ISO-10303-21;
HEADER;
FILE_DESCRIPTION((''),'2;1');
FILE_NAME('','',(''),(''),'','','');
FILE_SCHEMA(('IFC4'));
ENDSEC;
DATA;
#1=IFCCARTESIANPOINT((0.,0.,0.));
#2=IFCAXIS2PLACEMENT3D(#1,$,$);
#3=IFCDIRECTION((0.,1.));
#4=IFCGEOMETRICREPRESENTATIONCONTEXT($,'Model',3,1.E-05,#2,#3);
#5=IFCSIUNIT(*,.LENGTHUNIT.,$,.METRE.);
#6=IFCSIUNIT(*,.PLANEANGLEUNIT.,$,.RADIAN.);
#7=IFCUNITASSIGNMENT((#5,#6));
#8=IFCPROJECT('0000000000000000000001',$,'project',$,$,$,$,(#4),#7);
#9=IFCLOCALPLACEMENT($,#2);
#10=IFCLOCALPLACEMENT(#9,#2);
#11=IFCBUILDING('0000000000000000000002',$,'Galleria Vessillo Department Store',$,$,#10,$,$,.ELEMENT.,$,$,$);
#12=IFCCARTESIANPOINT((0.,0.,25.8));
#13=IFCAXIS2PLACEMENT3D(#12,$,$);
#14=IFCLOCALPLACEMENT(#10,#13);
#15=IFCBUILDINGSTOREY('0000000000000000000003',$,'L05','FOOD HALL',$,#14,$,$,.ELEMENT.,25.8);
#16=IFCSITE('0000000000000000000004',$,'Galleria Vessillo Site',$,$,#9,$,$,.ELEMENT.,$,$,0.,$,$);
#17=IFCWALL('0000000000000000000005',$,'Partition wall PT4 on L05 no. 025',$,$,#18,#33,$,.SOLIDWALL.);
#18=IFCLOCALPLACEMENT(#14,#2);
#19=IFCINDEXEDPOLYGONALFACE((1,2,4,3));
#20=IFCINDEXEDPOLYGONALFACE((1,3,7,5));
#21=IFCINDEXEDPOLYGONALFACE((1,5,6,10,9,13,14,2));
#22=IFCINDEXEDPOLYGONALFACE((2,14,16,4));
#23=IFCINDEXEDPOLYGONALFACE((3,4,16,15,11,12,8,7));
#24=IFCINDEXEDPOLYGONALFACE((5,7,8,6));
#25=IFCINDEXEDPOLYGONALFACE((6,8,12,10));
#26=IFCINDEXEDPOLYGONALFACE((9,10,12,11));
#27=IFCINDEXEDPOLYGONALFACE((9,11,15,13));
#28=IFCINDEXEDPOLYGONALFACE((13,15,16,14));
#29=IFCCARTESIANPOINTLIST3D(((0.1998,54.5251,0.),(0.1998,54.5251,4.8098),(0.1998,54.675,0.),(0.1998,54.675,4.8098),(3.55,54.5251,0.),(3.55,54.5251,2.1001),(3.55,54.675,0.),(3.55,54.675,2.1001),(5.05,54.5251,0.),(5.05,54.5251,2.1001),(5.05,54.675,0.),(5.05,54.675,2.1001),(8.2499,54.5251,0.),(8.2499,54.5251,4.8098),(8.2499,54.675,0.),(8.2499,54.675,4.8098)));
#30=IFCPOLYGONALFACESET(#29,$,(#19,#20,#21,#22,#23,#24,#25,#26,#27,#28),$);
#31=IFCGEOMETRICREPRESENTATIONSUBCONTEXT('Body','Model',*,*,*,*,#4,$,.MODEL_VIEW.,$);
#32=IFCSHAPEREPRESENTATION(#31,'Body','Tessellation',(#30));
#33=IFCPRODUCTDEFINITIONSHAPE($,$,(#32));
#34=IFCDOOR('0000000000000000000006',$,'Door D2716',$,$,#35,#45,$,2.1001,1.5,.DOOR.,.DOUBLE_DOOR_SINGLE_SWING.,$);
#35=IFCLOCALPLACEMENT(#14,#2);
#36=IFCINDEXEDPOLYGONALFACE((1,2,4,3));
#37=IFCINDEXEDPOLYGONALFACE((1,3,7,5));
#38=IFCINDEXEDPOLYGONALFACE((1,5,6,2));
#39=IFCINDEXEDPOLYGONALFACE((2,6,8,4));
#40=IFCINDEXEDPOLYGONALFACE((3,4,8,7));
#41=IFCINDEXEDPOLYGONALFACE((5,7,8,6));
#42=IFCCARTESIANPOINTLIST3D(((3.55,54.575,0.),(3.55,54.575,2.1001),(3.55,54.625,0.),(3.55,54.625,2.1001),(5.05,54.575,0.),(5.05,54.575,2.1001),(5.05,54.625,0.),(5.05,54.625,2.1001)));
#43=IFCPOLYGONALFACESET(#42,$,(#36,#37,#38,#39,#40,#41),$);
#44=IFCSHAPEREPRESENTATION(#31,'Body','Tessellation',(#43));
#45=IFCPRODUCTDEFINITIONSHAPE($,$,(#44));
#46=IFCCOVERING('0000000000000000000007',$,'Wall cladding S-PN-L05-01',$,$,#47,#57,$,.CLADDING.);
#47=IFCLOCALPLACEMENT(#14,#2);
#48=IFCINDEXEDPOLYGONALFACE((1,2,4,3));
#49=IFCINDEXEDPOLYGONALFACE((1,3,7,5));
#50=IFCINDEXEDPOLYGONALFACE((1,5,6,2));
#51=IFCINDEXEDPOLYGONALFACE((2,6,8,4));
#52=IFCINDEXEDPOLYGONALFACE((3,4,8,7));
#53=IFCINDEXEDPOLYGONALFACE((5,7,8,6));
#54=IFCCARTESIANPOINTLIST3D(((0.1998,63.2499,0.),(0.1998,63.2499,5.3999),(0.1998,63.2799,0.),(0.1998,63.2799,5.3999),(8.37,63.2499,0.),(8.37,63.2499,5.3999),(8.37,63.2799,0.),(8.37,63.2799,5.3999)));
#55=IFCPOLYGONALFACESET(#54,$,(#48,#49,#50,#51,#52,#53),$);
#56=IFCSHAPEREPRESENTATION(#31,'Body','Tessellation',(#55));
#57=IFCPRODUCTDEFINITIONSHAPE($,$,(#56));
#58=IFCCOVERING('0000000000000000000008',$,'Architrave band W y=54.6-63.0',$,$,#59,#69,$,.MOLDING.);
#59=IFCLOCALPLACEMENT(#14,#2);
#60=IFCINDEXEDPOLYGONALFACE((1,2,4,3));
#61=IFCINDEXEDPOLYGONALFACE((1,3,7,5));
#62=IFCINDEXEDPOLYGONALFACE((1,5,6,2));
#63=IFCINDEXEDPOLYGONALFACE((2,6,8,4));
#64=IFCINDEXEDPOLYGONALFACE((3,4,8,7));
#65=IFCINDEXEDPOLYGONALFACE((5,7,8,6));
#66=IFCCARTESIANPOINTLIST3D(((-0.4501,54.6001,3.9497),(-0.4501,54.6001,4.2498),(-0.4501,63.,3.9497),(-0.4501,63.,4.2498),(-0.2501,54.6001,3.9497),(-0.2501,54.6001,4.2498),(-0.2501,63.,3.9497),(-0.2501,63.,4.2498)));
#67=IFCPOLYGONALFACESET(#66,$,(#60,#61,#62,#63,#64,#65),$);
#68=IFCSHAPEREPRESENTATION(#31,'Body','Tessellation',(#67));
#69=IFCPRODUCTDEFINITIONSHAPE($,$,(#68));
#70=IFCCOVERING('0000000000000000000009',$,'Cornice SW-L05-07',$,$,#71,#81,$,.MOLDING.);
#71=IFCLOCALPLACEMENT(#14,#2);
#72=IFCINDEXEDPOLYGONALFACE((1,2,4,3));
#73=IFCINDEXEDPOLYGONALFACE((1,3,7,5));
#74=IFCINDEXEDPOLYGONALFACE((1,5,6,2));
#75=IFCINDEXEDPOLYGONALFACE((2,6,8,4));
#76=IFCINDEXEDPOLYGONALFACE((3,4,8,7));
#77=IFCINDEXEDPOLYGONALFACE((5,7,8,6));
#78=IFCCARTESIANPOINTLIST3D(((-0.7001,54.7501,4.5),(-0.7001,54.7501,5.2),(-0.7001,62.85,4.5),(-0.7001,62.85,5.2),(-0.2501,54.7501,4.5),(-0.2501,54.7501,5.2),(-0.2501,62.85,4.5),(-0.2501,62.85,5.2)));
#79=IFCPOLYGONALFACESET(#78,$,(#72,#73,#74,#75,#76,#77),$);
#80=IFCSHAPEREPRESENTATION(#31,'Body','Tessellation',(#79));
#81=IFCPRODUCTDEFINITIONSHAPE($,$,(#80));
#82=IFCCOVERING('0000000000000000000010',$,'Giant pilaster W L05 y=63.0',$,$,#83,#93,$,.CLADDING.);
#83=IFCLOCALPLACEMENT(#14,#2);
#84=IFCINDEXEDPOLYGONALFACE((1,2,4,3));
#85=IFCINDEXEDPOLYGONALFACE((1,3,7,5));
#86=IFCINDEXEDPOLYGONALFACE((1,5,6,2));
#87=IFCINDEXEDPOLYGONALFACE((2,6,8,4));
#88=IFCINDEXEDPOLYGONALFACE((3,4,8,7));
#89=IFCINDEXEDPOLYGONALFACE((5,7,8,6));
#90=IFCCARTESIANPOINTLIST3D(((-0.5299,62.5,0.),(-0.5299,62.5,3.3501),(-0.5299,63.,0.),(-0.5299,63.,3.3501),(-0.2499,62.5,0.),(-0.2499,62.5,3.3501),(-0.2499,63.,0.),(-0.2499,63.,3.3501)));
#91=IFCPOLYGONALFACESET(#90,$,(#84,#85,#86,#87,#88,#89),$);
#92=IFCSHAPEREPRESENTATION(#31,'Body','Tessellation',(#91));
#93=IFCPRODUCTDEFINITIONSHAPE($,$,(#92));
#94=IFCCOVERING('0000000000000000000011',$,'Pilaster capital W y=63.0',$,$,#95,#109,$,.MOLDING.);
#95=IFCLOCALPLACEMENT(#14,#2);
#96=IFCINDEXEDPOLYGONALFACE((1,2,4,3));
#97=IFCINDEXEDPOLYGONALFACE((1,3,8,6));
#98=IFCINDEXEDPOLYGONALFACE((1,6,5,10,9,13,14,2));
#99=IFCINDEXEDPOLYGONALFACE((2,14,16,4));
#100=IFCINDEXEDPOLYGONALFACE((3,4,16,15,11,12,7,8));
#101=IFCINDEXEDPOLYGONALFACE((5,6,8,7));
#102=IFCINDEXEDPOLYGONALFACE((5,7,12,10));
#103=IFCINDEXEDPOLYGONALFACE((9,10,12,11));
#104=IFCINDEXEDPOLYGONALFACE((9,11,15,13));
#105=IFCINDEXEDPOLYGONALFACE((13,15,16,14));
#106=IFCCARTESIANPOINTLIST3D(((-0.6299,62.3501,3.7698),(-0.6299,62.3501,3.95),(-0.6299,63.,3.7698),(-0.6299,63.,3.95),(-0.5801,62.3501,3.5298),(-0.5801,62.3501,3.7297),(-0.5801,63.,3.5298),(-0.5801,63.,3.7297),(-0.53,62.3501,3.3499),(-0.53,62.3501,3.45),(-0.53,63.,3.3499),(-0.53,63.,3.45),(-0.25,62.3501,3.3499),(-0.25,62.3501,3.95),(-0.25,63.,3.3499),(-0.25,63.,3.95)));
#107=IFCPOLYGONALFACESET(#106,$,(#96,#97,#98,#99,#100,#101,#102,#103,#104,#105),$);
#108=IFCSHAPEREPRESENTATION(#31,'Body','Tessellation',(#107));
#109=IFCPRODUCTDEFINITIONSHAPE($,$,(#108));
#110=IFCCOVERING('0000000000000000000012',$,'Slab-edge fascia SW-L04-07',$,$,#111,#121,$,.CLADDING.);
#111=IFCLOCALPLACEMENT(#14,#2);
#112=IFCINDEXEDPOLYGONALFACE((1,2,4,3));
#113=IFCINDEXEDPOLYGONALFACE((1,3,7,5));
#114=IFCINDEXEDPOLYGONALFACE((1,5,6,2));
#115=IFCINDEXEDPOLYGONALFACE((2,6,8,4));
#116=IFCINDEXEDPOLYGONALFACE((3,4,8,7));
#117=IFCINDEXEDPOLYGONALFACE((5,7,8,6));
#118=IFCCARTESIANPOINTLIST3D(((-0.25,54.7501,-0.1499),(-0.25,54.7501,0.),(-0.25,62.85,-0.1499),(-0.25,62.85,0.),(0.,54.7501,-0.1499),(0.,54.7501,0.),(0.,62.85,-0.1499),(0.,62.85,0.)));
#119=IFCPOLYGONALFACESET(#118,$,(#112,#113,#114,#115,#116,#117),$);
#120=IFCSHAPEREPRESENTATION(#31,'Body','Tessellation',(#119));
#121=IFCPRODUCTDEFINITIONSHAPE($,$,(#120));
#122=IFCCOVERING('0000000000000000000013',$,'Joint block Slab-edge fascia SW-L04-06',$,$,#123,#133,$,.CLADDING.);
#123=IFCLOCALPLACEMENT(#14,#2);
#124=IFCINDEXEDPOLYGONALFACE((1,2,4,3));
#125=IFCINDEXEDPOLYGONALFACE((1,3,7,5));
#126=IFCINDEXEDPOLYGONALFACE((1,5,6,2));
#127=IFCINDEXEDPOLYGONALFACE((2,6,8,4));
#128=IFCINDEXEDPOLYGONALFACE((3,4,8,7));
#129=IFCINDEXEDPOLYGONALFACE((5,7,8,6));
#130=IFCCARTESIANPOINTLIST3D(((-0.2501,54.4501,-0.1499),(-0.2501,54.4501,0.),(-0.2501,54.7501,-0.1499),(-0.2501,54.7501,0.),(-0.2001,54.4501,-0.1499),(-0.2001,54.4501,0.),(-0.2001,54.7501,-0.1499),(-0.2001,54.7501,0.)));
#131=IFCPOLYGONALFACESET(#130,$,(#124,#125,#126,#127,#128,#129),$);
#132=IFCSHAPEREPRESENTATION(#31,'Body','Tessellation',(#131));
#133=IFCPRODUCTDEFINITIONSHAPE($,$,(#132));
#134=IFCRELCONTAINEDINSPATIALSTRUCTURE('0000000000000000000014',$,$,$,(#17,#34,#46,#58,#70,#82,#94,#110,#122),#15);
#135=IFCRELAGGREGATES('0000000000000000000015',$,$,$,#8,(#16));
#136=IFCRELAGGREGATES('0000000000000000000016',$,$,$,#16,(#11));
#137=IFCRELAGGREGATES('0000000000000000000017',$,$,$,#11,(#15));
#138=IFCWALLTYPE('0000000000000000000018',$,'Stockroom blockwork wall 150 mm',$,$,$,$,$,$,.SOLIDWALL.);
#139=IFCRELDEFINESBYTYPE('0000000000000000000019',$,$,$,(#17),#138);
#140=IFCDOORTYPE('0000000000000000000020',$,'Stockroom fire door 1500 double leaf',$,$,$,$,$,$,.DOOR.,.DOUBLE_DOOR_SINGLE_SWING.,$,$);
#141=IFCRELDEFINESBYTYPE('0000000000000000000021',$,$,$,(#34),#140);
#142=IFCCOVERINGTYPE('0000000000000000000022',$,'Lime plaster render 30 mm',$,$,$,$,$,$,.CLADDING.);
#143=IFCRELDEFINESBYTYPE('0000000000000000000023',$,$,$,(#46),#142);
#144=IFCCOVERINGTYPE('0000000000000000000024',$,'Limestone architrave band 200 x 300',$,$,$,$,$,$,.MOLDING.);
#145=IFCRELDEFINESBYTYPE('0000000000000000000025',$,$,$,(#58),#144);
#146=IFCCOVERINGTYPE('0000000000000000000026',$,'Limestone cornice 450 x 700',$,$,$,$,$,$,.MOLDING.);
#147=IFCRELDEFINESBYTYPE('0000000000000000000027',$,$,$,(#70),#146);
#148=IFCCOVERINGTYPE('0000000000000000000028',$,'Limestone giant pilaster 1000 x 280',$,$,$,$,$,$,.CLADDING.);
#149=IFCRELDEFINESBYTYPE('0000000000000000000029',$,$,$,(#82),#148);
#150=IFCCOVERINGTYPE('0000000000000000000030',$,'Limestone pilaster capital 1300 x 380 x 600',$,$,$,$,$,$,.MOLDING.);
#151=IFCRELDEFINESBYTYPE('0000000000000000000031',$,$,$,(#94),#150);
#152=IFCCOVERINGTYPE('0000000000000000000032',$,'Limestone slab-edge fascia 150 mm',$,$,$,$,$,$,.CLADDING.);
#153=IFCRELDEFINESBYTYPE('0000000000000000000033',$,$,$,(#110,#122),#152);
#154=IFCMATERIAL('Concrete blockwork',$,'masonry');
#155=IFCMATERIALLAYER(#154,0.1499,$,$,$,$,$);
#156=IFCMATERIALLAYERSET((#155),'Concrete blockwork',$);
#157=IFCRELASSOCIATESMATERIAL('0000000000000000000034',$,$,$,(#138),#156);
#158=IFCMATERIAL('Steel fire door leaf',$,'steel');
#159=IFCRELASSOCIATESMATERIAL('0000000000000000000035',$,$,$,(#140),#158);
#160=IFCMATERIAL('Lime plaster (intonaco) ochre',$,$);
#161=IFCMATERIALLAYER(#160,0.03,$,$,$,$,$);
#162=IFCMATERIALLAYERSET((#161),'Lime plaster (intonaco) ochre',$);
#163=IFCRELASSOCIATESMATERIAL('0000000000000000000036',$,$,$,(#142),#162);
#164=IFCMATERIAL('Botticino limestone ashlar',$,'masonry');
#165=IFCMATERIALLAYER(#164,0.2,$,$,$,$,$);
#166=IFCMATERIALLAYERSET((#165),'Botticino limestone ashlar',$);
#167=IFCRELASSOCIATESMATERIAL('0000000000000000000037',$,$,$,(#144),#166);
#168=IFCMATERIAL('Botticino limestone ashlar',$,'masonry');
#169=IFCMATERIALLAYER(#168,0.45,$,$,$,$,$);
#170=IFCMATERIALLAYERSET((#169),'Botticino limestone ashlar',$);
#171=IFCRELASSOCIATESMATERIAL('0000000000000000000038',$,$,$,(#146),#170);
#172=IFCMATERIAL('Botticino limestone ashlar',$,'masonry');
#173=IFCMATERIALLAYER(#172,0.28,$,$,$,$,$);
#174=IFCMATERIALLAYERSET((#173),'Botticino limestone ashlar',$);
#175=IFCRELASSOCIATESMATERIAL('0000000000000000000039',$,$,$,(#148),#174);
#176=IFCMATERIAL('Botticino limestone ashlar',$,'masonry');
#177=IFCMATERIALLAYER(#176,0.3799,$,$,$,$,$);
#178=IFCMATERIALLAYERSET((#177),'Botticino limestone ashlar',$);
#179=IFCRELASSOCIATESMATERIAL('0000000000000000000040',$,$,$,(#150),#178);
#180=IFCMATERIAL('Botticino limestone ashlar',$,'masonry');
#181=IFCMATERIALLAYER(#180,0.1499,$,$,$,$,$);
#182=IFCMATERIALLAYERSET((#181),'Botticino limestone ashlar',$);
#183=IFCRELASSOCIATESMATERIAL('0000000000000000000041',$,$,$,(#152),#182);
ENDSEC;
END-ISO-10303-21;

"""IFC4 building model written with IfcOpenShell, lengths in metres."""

from ifc_helpers import new_model, si_unit, direction, frame, frame_2d, origin, origin_2d, place, context, subcontext, project, spatial, polyline, rectangle, outline, extrude, material, layer, layer_set, type_object, element, fill, save


model = new_model("IFC4")

# Units and contexts
model_context = context("Model", 3, precision=1e-05, world=origin(), true_north=direction((0.0, 1.0)))
body_context = subcontext(model_context, "Body", "Model", "MODEL_VIEW")
ifc_project = project(units=[si_unit("LENGTHUNIT", "METRE"), si_unit("PLANEANGLEUNIT", "RADIAN")], contexts=[model_context])

# Site, building, storey
site_placement = place(None, origin())
site = spatial("IfcSite", under=ifc_project, at=site_placement, Name="Galleria Vessillo Site", CompositionType="ELEMENT", RefElevation=0.0)
building_placement = place(site_placement, origin())
building = spatial("IfcBuilding", under=site, at=building_placement, Name="Galleria Vessillo Department Store", CompositionType="ELEMENT")
storey_placement = place(building_placement, frame((0.0, 0.0, 25.8)))
storey = spatial("IfcBuildingStorey", under=building, at=storey_placement, Name="L05", Description="FOOD HALL", CompositionType="ELEMENT", Elevation=25.8)

# Wall, opening, door
ifc_material_1 = material(Name="Concrete blockwork", Category="masonry")
ifc_layer_1 = layer(ifc_material_1, 0.1499)
ifc_layer_set_1 = layer_set([ifc_layer_1], Name="Concrete blockwork")
wall_type_1 = type_object("IfcWallType", Name="Stockroom blockwork wall 150 mm", PredefinedType="SOLIDWALL", material=ifc_layer_set_1)
wall_1_placement = place(storey_placement, frame((0.2, 54.6001, 0.0), z_axis=(0.0, 0.0, 1.0), x_axis=(1.0, 0.0, 0.0)))
wall_1 = element("IfcWall", 1, at=wall_1_placement, inside=storey, type_object=wall_type_1, Name="Partition wall PT4 on L05 no. 025", PredefinedType="SOLIDWALL", context=body_context, shape_type="SweptSolid", body=[
    extrude(rectangle(XDim=8.05, YDim=0.1499, at=frame_2d((4.0249, 0.0))), origin(), (0.0, 0.0, 1.0), 4.8098),
])
opening_1_placement = place(wall_1_placement, frame((3.3501, 0.0, 0.0)))
opening_1 = element("IfcOpeningElement", 2, at=opening_1_placement, cuts=wall_1, PredefinedType="OPENING", context=body_context, shape_type="SweptSolid", body=[
    extrude(rectangle(XDim=1.5, YDim=2.1001, at=frame_2d((0.75, 1.05))), frame((0.0, 0.085, 0.0), z_axis=(0.0, -1.0, 0.0), x_axis=(1.0, 0.0, 0.0)), (0.0, 0.0, 1.0), 0.1699),
])
ifc_material_2 = material(Name="Steel fire door leaf", Category="steel")
door_type = type_object("IfcDoorType", Name="Stockroom fire door 1500 double leaf", OperationType="DOUBLE_DOOR_SINGLE_SWING", PredefinedType="DOOR", material=ifc_material_2)
door_placement = place(opening_1_placement, origin())
door = element("IfcDoor", 3, at=door_placement, inside=storey, type_object=door_type, Name="Door D2716", OperationType="DOUBLE_DOOR_SINGLE_SWING", OverallHeight=2.1001, OverallWidth=1.5, PredefinedType="DOOR", context=body_context, shape_type="SweptSolid", body=[
    extrude(rectangle(XDim=1.5, YDim=2.1001, at=frame_2d((0.75, 1.05))), frame((0.0, 0.0249, 0.0), z_axis=(0.0, -1.0, 0.0), x_axis=(1.0, 0.0, 0.0)), (0.0, 0.0, 1.0), 0.05),
])
fill(opening_1, door)

# Coverings
ifc_material_3 = material(Name="Lime plaster (intonaco) ochre")
ifc_layer_2 = layer(ifc_material_3, 0.03)
ifc_layer_set_2 = layer_set([ifc_layer_2], Name="Lime plaster (intonaco) ochre")
covering_type_1 = type_object("IfcCoveringType", Name="Lime plaster render 30 mm", PredefinedType="CLADDING", material=ifc_layer_set_2)
covering_1_placement = place(storey_placement, frame((4.2849, 63.2649, 0.0), z_axis=(0.0, 0.0, 1.0), x_axis=(1.0, 0.0, 0.0)))
element("IfcCovering", 4, at=covering_1_placement, inside=storey, type_object=covering_type_1, Name="Wall cladding S-PN-L05-01", PredefinedType="CLADDING", context=body_context, shape_type="SweptSolid", body=[
    extrude(rectangle(XDim=8.1702, YDim=0.03, at=origin_2d()), origin(), (0.0, 0.0, 1.0), 5.3999),
])
ifc_material_4 = material(Name="Botticino limestone ashlar", Category="masonry")
ifc_layer_3 = layer(ifc_material_4, 0.2)
ifc_layer_set_3 = layer_set([ifc_layer_3], Name="Botticino limestone ashlar")
covering_type_2 = type_object("IfcCoveringType", Name="Limestone architrave band 200 x 300", PredefinedType="MOLDING", material=ifc_layer_set_3)
covering_2_placement = place(storey_placement, frame((-0.3501, 58.8, 3.9497), z_axis=(0.0, 0.0, 1.0), x_axis=(1.0, 0.0, 0.0)))
element("IfcCovering", 5, at=covering_2_placement, inside=storey, type_object=covering_type_2, Name="Architrave band W y=54.6-63.0", PredefinedType="MOLDING", context=body_context, shape_type="SweptSolid", body=[
    extrude(rectangle(XDim=0.2, YDim=8.3999, at=origin_2d()), origin(), (0.0, 0.0, 1.0), 0.3),
])
ifc_material_5 = material(Name="Botticino limestone ashlar", Category="masonry")
ifc_layer_4 = layer(ifc_material_5, 0.45)
ifc_layer_set_4 = layer_set([ifc_layer_4], Name="Botticino limestone ashlar")
covering_type_3 = type_object("IfcCoveringType", Name="Limestone cornice 450 x 700", PredefinedType="MOLDING", material=ifc_layer_set_4)
covering_3_placement = place(storey_placement, frame((-0.4751, 58.8, 4.5), z_axis=(0.0, 0.0, 1.0), x_axis=(1.0, 0.0, 0.0)))
element("IfcCovering", 6, at=covering_3_placement, inside=storey, type_object=covering_type_3, Name="Cornice SW-L05-07", PredefinedType="MOLDING", context=body_context, shape_type="SweptSolid", body=[
    extrude(rectangle(XDim=0.45, YDim=8.0999, at=origin_2d()), origin(), (0.0, 0.0, 1.0), 0.7),
])
ifc_material_6 = material(Name="Botticino limestone ashlar", Category="masonry")
ifc_layer_5 = layer(ifc_material_6, 0.28)
ifc_layer_set_5 = layer_set([ifc_layer_5], Name="Botticino limestone ashlar")
covering_type_4 = type_object("IfcCoveringType", Name="Limestone giant pilaster 1000 x 280", PredefinedType="CLADDING", material=ifc_layer_set_5)
covering_4_placement = place(storey_placement, frame((-0.3899, 62.75, 0.0), z_axis=(0.0, 0.0, 1.0), x_axis=(1.0, 0.0, 0.0)))
element("IfcCovering", 7, at=covering_4_placement, inside=storey, type_object=covering_type_4, Name="Giant pilaster W L05 y=63.0", PredefinedType="CLADDING", context=body_context, shape_type="SweptSolid", body=[
    extrude(rectangle(XDim=0.28, YDim=0.5, at=origin_2d()), origin(), (0.0, 0.0, 1.0), 3.3501),
])
ifc_material_7 = material(Name="Botticino limestone ashlar", Category="masonry")
ifc_layer_6 = layer(ifc_material_7, 0.3799)
ifc_layer_set_6 = layer_set([ifc_layer_6], Name="Botticino limestone ashlar")
covering_type_5 = type_object("IfcCoveringType", Name="Limestone pilaster capital 1300 x 380 x 600", PredefinedType="MOLDING", material=ifc_layer_set_6)
covering_5_placement = place(storey_placement, frame((0.0, 62.3501, 3.3499), z_axis=(0.0, 1.0, 0.0), x_axis=(-1.0, 0.0, 0.0)))
element("IfcCovering", 8, at=covering_5_placement, inside=storey, type_object=covering_type_5, Name="Pilaster capital W y=63.0", PredefinedType="MOLDING", context=body_context, shape_type="SweptSolid", body=[
    extrude(outline(polyline([(0.25, 0.0), (0.53, 0.0), (0.53, 0.1001), (0.5801, 0.1799), (0.5801, 0.3799), (0.6299, 0.4199), (0.6299, 0.6001), (0.25, 0.6001), (0.25, 0.0)])), origin(), (0.0, 0.0, 1.0), 0.6499),
])
ifc_material_8 = material(Name="Botticino limestone ashlar", Category="masonry")
ifc_layer_7 = layer(ifc_material_8, 0.1499)
ifc_layer_set_7 = layer_set([ifc_layer_7], Name="Botticino limestone ashlar")
covering_type_6 = type_object("IfcCoveringType", Name="Limestone slab-edge fascia 150 mm", PredefinedType="CLADDING", material=ifc_layer_set_7)
covering_6_placement = place(storey_placement, frame((-0.125, 58.8, -0.1499), z_axis=(0.0, 0.0, 1.0), x_axis=(1.0, 0.0, 0.0)))
element("IfcCovering", 9, at=covering_6_placement, inside=storey, type_object=covering_type_6, Name="Slab-edge fascia SW-L04-07", PredefinedType="CLADDING", context=body_context, shape_type="SweptSolid", body=[
    extrude(rectangle(XDim=0.25, YDim=8.0999, at=origin_2d()), origin(), (0.0, 0.0, 1.0), 0.1499),
])
covering_7_placement = place(storey_placement, frame((-0.2251, 54.6001, -0.1499), z_axis=(0.0, 0.0, 1.0), x_axis=(1.0, 0.0, 0.0)))
element("IfcCovering", 10, at=covering_7_placement, inside=storey, type_object=covering_type_6, Name="Joint block Slab-edge fascia SW-L04-06", PredefinedType="CLADDING", context=body_context, shape_type="SweptSolid", body=[
    extrude(rectangle(XDim=0.05, YDim=0.3, at=origin_2d()), origin(), (0.0, 0.0, 1.0), 0.1499),
])

save(model, "model.ifc")
